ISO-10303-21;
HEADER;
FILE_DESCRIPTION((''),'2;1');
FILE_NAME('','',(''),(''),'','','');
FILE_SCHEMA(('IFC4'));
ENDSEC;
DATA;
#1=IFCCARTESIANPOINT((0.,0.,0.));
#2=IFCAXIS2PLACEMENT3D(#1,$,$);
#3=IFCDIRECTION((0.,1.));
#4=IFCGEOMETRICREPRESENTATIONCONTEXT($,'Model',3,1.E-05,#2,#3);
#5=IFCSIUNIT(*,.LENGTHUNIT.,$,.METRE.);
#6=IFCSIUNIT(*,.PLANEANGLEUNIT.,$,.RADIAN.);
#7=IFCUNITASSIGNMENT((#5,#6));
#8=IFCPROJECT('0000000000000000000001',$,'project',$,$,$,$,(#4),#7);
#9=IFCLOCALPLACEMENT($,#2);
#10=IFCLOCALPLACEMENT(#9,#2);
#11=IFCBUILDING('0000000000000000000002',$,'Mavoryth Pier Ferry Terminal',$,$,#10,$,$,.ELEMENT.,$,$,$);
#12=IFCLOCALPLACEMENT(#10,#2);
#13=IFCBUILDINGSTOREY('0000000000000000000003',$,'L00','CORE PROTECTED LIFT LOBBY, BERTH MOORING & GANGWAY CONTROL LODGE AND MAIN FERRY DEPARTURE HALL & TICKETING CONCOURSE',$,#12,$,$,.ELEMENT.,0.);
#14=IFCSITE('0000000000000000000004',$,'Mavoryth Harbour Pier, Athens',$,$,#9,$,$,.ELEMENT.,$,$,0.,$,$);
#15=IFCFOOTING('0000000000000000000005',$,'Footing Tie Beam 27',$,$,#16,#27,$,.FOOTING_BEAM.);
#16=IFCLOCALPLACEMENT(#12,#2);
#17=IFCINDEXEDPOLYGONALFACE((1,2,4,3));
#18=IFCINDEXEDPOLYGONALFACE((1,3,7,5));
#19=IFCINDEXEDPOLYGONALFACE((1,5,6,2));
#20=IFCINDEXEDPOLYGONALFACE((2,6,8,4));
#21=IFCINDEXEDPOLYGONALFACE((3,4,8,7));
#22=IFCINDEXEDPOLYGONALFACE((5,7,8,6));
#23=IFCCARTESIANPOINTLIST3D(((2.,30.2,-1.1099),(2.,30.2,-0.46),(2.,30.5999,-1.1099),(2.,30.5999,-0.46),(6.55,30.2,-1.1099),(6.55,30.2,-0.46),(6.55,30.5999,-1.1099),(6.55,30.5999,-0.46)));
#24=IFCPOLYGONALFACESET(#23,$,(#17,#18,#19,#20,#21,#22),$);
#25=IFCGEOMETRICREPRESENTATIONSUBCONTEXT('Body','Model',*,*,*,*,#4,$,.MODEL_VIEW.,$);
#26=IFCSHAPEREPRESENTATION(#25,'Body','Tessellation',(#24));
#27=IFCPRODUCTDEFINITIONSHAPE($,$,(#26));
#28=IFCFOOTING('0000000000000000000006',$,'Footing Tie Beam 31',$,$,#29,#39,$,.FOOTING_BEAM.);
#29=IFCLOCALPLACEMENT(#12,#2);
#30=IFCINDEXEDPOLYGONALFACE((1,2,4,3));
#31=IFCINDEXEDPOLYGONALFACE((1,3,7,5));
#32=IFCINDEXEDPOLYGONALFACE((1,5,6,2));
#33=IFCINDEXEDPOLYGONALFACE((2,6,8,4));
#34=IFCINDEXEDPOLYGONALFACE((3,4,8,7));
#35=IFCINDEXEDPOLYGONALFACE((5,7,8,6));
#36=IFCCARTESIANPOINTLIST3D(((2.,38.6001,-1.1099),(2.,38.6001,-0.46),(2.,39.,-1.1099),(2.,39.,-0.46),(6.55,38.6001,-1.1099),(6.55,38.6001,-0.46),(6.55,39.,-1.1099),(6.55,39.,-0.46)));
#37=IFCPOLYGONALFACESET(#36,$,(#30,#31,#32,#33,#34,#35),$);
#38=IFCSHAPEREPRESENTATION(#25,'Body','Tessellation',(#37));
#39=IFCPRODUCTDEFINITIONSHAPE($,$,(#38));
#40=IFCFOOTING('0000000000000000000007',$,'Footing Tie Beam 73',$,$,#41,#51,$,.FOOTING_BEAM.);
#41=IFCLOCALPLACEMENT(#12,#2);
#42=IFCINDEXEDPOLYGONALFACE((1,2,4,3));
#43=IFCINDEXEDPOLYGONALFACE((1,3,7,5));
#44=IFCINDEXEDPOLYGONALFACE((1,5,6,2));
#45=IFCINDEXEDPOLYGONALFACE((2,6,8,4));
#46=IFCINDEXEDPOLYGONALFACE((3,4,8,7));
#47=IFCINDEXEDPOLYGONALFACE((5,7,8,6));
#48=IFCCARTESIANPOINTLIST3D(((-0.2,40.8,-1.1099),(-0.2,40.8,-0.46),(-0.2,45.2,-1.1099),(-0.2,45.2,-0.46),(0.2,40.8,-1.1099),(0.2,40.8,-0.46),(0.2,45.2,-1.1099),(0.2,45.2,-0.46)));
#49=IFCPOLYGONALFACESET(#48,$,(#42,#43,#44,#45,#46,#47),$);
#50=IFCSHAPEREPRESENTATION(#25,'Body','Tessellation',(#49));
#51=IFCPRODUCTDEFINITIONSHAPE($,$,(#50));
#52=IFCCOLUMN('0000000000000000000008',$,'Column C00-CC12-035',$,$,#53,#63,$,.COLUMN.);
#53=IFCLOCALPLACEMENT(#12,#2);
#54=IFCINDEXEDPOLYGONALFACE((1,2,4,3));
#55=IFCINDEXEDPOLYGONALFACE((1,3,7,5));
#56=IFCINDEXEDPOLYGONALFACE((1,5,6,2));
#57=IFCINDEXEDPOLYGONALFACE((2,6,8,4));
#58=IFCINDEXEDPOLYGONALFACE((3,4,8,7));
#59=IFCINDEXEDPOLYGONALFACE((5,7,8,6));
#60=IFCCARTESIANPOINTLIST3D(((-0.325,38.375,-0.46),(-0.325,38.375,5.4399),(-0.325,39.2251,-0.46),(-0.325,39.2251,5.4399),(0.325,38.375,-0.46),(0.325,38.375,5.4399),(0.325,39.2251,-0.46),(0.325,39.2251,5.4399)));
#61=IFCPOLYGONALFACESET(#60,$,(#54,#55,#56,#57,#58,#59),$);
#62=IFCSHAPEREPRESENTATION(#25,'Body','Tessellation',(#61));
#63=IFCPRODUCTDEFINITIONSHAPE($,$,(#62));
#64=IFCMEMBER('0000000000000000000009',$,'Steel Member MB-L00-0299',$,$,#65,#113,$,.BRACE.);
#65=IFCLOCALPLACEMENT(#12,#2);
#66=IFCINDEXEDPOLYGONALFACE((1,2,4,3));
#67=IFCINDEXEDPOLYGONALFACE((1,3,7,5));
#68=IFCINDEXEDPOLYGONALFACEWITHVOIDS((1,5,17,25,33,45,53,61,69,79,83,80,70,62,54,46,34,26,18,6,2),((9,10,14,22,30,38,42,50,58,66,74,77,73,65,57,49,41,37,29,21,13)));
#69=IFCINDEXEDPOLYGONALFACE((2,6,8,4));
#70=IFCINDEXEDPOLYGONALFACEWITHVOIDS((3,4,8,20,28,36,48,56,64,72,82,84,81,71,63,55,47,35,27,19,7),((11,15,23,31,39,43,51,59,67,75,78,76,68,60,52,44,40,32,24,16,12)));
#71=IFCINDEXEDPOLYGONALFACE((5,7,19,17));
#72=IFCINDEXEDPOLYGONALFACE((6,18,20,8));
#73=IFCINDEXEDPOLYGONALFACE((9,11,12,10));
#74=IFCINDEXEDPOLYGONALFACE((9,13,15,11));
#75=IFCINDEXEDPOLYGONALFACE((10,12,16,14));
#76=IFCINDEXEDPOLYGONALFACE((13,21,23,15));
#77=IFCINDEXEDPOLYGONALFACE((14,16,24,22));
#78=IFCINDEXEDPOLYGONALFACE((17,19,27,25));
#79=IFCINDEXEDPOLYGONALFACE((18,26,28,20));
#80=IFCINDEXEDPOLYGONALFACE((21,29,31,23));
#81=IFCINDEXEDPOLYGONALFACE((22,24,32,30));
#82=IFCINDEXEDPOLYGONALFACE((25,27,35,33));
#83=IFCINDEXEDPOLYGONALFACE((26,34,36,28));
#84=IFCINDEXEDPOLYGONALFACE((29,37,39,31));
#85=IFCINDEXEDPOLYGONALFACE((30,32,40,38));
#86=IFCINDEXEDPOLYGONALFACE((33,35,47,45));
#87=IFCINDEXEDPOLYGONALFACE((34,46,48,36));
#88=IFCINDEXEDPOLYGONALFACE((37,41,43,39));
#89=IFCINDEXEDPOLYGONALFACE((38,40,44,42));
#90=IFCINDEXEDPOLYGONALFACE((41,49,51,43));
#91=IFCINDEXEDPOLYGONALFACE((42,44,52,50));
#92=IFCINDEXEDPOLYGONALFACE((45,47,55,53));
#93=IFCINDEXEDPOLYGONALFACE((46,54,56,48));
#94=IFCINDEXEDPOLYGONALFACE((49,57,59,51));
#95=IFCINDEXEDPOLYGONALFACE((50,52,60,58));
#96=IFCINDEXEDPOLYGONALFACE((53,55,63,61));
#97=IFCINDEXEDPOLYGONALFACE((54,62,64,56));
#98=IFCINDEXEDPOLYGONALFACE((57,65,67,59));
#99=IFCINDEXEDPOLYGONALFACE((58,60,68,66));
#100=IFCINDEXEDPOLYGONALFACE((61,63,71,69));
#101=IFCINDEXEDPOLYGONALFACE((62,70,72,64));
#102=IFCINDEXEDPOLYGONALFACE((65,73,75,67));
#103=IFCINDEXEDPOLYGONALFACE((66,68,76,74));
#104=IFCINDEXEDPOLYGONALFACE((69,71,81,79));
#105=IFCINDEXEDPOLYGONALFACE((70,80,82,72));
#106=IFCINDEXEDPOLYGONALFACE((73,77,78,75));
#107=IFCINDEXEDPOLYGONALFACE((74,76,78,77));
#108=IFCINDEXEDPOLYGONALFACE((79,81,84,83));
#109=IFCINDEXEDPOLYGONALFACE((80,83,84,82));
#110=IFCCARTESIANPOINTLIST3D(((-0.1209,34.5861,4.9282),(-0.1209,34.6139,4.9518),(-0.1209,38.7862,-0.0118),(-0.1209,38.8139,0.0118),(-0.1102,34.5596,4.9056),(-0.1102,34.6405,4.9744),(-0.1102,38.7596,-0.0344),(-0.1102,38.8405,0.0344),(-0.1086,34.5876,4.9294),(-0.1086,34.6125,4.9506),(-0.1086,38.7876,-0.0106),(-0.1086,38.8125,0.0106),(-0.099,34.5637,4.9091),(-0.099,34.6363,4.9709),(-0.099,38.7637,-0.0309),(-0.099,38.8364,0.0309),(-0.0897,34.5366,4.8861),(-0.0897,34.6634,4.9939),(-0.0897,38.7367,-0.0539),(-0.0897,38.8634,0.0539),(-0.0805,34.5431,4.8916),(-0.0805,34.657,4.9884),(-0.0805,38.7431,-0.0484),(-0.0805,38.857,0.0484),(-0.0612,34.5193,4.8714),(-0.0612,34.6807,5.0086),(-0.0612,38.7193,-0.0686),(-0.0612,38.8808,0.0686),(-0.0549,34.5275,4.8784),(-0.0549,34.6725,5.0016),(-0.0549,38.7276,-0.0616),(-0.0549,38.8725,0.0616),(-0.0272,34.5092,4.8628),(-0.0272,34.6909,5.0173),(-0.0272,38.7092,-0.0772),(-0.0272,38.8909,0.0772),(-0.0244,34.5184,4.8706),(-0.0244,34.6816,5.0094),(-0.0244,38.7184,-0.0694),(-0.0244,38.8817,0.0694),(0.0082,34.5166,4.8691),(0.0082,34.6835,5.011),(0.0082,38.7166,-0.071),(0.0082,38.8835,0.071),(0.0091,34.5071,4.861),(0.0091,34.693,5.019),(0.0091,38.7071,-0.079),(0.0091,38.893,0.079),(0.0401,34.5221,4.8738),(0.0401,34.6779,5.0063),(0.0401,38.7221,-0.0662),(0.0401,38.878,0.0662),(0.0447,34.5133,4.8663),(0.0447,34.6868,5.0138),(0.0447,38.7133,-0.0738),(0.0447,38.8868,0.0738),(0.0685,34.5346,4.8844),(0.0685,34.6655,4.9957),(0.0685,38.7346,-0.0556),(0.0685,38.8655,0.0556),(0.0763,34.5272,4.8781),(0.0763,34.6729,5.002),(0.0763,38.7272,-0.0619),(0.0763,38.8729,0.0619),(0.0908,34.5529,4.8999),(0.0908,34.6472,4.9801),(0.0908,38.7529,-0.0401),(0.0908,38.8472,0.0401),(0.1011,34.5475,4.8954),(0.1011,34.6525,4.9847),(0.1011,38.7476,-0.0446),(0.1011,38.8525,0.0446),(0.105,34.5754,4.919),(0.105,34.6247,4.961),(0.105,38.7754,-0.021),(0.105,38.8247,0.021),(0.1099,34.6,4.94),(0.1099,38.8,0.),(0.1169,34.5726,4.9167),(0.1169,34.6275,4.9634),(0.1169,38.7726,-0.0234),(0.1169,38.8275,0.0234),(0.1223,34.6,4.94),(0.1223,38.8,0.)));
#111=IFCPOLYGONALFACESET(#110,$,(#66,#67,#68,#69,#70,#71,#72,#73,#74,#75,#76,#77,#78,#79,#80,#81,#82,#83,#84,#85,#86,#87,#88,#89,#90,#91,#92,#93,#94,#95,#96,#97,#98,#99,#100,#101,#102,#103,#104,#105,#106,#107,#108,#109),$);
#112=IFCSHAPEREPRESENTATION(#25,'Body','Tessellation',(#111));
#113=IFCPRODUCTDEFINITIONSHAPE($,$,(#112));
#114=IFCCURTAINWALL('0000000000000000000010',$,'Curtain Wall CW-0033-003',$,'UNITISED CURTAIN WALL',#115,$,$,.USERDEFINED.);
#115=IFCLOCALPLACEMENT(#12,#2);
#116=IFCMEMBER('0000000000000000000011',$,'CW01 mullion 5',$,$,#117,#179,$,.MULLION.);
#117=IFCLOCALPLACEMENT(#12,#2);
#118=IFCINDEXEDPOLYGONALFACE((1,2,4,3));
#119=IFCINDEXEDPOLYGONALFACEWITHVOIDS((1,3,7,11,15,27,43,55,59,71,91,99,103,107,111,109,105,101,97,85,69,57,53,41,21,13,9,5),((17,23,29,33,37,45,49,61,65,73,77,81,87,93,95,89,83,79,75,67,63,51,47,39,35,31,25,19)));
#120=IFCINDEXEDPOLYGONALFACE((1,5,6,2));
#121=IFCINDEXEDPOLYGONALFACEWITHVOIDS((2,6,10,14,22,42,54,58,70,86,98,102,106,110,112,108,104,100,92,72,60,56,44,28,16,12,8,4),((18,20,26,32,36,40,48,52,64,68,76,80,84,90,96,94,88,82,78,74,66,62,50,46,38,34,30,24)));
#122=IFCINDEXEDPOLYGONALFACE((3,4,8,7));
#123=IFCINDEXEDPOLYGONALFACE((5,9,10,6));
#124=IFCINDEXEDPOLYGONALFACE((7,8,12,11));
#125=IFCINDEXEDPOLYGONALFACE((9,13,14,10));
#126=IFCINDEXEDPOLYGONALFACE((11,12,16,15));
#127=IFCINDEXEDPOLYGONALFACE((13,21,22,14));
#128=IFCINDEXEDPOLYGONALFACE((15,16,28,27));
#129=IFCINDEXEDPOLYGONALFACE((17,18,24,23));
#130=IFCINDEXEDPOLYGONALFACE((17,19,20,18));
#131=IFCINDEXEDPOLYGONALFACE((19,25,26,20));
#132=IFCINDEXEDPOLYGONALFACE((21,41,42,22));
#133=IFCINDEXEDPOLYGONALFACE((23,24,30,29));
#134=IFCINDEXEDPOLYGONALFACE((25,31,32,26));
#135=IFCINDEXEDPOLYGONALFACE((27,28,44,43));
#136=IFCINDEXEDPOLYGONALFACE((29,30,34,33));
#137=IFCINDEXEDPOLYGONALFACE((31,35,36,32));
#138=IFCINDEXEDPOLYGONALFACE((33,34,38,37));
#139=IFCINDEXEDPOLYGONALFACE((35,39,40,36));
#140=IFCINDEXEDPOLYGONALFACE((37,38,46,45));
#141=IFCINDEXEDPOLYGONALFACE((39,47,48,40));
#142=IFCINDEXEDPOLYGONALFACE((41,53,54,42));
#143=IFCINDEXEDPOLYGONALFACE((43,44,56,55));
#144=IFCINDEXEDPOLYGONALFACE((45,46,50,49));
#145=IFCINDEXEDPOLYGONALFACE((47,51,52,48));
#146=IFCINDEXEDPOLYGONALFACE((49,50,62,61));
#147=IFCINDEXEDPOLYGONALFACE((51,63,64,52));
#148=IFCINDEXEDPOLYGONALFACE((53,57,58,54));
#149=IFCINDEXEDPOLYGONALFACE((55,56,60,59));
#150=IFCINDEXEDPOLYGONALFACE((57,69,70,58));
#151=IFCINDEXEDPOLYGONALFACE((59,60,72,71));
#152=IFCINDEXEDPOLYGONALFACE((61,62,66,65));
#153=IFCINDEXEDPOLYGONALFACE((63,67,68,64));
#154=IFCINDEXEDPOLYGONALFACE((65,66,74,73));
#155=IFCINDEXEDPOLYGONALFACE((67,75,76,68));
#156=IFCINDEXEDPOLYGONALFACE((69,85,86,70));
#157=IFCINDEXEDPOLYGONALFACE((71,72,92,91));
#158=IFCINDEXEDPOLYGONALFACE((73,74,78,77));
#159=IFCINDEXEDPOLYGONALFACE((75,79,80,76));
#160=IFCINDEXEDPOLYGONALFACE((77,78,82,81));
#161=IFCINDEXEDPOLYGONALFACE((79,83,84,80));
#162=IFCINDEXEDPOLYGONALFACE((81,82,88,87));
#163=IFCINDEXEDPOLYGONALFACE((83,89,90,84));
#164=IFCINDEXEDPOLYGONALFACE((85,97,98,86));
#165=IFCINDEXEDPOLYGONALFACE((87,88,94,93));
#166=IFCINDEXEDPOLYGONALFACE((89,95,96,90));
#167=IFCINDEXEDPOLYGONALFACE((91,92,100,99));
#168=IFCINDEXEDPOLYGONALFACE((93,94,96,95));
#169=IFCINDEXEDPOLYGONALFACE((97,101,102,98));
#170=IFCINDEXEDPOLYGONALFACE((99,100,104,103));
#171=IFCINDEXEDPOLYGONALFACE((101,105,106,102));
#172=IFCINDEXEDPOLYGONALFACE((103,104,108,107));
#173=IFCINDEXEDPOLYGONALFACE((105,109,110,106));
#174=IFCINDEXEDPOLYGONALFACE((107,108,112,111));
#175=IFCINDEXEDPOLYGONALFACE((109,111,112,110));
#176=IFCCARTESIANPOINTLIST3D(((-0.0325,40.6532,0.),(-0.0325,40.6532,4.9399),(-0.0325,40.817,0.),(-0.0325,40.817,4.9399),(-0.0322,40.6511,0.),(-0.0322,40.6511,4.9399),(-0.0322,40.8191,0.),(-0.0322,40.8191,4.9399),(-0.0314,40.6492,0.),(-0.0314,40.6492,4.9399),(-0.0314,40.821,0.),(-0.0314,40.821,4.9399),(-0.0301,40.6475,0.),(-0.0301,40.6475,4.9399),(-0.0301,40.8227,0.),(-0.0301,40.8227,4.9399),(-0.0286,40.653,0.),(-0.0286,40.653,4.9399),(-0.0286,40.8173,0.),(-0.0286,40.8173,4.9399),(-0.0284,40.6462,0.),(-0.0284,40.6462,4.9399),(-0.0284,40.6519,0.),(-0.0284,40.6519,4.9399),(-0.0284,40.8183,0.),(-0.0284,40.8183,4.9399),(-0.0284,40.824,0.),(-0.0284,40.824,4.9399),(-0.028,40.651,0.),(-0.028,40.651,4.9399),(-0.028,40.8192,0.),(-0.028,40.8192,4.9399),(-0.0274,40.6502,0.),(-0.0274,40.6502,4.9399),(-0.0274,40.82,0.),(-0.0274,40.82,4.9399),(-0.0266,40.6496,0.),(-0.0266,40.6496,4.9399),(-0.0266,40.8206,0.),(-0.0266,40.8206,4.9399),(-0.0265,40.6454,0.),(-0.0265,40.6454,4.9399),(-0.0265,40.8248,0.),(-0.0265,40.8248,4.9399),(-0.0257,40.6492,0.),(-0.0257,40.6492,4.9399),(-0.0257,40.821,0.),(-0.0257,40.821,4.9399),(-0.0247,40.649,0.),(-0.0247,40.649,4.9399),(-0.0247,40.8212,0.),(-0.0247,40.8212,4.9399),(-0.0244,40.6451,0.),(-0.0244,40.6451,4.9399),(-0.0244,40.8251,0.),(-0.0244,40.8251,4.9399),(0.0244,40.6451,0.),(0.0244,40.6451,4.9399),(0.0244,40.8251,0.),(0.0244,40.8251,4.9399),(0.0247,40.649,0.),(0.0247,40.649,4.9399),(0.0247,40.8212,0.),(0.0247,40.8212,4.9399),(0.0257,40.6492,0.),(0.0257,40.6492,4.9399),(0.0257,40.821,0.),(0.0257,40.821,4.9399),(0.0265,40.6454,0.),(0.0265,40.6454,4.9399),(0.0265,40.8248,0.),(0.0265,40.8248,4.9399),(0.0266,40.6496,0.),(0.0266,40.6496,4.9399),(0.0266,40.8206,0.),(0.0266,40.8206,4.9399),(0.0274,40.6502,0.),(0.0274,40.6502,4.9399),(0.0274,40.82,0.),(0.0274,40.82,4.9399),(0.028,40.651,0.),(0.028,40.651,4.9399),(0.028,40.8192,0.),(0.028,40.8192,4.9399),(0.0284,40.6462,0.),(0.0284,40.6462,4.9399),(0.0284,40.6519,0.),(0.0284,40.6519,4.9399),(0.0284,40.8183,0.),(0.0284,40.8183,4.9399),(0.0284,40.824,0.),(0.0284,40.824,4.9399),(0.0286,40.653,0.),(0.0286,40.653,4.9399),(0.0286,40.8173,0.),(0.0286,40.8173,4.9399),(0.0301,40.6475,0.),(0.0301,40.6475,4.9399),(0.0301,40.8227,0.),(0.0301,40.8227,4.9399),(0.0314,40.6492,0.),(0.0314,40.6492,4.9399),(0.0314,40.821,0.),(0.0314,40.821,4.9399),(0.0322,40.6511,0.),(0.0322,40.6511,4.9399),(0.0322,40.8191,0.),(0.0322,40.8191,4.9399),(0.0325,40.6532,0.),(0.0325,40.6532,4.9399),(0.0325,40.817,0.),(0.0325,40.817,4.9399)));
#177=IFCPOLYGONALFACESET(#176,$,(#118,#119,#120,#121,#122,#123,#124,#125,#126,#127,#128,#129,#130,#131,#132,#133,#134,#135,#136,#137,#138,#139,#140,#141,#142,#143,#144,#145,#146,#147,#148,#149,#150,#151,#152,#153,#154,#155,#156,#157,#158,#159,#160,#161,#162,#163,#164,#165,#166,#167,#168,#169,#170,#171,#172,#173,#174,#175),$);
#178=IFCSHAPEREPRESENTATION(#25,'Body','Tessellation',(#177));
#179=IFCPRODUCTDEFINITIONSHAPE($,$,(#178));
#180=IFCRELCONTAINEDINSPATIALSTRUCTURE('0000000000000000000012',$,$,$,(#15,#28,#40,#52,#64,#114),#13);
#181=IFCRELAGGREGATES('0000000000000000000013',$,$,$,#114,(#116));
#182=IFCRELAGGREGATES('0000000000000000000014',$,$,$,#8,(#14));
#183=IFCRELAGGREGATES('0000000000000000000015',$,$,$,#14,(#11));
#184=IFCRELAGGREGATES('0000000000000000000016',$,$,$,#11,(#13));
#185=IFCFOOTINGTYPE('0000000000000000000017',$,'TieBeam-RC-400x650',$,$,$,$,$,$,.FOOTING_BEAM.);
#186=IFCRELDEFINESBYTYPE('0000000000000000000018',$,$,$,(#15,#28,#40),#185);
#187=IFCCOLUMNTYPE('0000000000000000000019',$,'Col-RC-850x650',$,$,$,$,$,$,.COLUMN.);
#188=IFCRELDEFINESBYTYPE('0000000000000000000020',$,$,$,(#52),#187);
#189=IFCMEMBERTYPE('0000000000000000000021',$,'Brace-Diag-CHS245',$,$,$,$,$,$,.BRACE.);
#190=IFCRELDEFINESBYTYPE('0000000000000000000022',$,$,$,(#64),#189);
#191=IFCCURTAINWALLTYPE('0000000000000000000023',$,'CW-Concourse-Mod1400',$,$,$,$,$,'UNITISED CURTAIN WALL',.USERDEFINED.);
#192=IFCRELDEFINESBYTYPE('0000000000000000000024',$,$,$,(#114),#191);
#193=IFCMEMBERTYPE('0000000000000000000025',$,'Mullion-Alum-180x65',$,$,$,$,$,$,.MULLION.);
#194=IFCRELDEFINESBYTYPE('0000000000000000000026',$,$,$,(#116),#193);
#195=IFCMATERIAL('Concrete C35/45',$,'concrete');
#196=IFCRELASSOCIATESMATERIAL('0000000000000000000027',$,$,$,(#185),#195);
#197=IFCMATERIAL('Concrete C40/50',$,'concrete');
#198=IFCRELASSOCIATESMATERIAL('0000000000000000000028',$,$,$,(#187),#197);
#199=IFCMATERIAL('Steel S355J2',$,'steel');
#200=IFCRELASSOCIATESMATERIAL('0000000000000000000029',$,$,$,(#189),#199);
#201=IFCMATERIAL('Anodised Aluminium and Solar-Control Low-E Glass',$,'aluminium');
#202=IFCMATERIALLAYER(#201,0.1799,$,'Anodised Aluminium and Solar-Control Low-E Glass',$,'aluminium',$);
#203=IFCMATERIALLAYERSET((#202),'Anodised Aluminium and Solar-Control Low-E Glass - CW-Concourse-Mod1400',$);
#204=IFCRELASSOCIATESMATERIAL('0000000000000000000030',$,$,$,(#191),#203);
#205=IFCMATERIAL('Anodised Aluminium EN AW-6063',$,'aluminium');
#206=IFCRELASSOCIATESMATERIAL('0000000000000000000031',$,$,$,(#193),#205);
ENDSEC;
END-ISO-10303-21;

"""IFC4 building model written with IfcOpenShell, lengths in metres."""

from ifc_helpers import new_model, si_unit, direction, frame, origin, origin_2d, place, context, subcontext, project, spatial, rectangle, hollow_rectangle, hollow_circle, extrude, material, layer, layer_set, material_profile, profile_set, type_object, element, aggregate, save


model = new_model("IFC4")

# Units and contexts
model_context = context("Model", 3, precision=1e-05, world=origin(), true_north=direction((0.0, 1.0)))
body_context = subcontext(model_context, "Body", "Model", "MODEL_VIEW")
ifc_project = project(units=[si_unit("LENGTHUNIT", "METRE"), si_unit("PLANEANGLEUNIT", "RADIAN")], contexts=[model_context])

# Site, building, storey
site_placement = place(None, origin())
site = spatial("IfcSite", under=ifc_project, at=site_placement, Name="Mavoryth Harbour Pier, Athens", CompositionType="ELEMENT", RefElevation=0.0)
building_placement = place(site_placement, origin())
building = spatial("IfcBuilding", under=site, at=building_placement, Name="Mavoryth Pier Ferry Terminal", CompositionType="ELEMENT")
storey_placement = place(building_placement, origin())
storey = spatial("IfcBuildingStorey", under=building, at=storey_placement, Name="L00", Description="CORE PROTECTED LIFT LOBBY, BERTH MOORING & GANGWAY CONTROL LODGE AND MAIN FERRY DEPARTURE HALL & TICKETING CONCOURSE", CompositionType="ELEMENT", Elevation=0.0)

# Shared definitions
ifc_material_1 = material(Name="Concrete C35/45", Category="concrete")

# Footings
ifc_material_profile_1 = material_profile(ifc_material_1, rectangle(XDim=0.3999, YDim=0.6499, at=origin_2d()), Name="RC 400x650", Category="concrete")
ifc_profile_set_1 = profile_set([ifc_material_profile_1], Name="Concrete C35/45 - RC 400x650")
footing_type_1 = type_object("IfcFootingType", Name="TieBeam-RC-400x650", PredefinedType="FOOTING_BEAM", material=ifc_profile_set_1)
for number, where, z_axis, x_axis, name in (
    (1, (2.0, 30.3999, -0.7849), (1.0, 0.0, 0.0), (0.0, 1.0, 0.0), "Footing Tie Beam 27"),
    (2, (2.0, 38.8, -0.7849), (1.0, 0.0, 0.0), (0.0, 1.0, 0.0), "Footing Tie Beam 31"),
):
    element("IfcFooting", number, at=place(storey_placement, frame(where, z_axis=z_axis, x_axis=x_axis)), inside=storey, type_object=footing_type_1, Name=name, PredefinedType="FOOTING_BEAM", context=body_context, shape_type="SweptSolid", body=[
        extrude(rectangle(XDim=0.3999, YDim=0.6499, at=origin_2d()), origin(), (0.0, 0.0, 1.0), 4.55),
    ])
footing_1_placement = place(storey_placement, frame((0.0, 40.8, -0.7849), z_axis=(0.0, 1.0, 0.0), x_axis=(-1.0, 0.0, 0.0)))
element("IfcFooting", 3, at=footing_1_placement, inside=storey, type_object=footing_type_1, Name="Footing Tie Beam 73", PredefinedType="FOOTING_BEAM", context=body_context, shape_type="SweptSolid", body=[
    extrude(rectangle(XDim=0.3999, YDim=0.6499, at=origin_2d()), origin(), (0.0, 0.0, 1.0), 4.3999),
])

# Column
ifc_material_2 = material(Name="Concrete C40/50", Category="concrete")
ifc_material_profile_2 = material_profile(ifc_material_2, rectangle(XDim=0.6499, YDim=0.8501, at=origin_2d()), Name="RC 850x650", Category="concrete")
ifc_profile_set_2 = profile_set([ifc_material_profile_2], Name="Concrete C40/50 - RC 850x650")
column_type = type_object("IfcColumnType", Name="Col-RC-850x650", PredefinedType="COLUMN", material=ifc_profile_set_2)
column_placement = place(storey_placement, frame((0.0, 38.8, -0.46), z_axis=(0.0, 0.0, 1.0), x_axis=(1.0, 0.0, 0.0)))
element("IfcColumn", 4, at=column_placement, inside=storey, type_object=column_type, Name="Column C00-CC12-035", PredefinedType="COLUMN", context=body_context, shape_type="SweptSolid", body=[
    extrude(rectangle(XDim=0.6499, YDim=0.8501, at=origin_2d()), origin(), (0.0, 0.0, 1.0), 5.8999),
])

# Member
ifc_material_3 = material(Name="Steel S355J2", Category="steel")
ifc_material_profile_3 = material_profile(ifc_material_3, hollow_circle(Radius=0.1223, WallThickness=0.0125, at=origin_2d()), Name="CHS 244.5x12.5", Category="steel")
ifc_profile_set_3 = profile_set([ifc_material_profile_3], Name="Steel S355J2 - CHS 244.5x12.5")
member_type_1 = type_object("IfcMemberType", Name="Brace-Diag-CHS245", PredefinedType="BRACE", material=ifc_profile_set_3)
member_1_placement = place(storey_placement, frame((0.0, 38.8, 0.0), z_axis=(0.0, -0.647738, 0.761863), x_axis=(1.0, 0.0, 0.0)))
element("IfcMember", 5, at=member_1_placement, inside=storey, type_object=member_type_1, Name="Steel Member MB-L00-0299", PredefinedType="BRACE", context=body_context, shape_type="SweptSolid", body=[
    extrude(hollow_circle(Radius=0.1223, WallThickness=0.0125, at=origin_2d()), origin(), (0.0, 0.0, 1.0), 6.4841),
])

# Curtain wall, member
ifc_material_4 = material(Name="Anodised Aluminium and Solar-Control Low-E Glass", Category="aluminium")
ifc_layer_1 = layer(ifc_material_4, 0.1799, Name="Anodised Aluminium and Solar-Control Low-E Glass", Category="aluminium")
ifc_layer_set_1 = layer_set([ifc_layer_1], Name="Anodised Aluminium and Solar-Control Low-E Glass - CW-Concourse-Mod1400")
curtain_wall_type = type_object("IfcCurtainWallType", Name="CW-Concourse-Mod1400", ElementType="UNITISED CURTAIN WALL", PredefinedType="USERDEFINED", material=ifc_layer_set_1)
curtain_wall_placement = place(storey_placement, origin())
curtain_wall = element("IfcCurtainWall", 6, at=curtain_wall_placement, inside=storey, type_object=curtain_wall_type, Name="Curtain Wall CW-0033-003", ObjectType="UNITISED CURTAIN WALL", PredefinedType="USERDEFINED")
ifc_material_5 = material(Name="Anodised Aluminium EN AW-6063", Category="aluminium")
ifc_material_profile_4 = material_profile(ifc_material_5, hollow_rectangle(XDim=0.0649, YDim=0.1799, WallThickness=0.0039, InnerFilletRadius=0.0039, OuterFilletRadius=0.0081, at=origin_2d()), Name="AL-MULL 180x65x4", Category="aluminium")
ifc_profile_set_4 = profile_set([ifc_material_profile_4], Name="Anodised Aluminium EN AW-6063 - AL-MULL 180x65x4")
member_type_2 = type_object("IfcMemberType", Name="Mullion-Alum-180x65", PredefinedType="MULLION", material=ifc_profile_set_4)
member_2_placement = place(storey_placement, frame((0.0, 40.7351, 0.0), z_axis=(0.0, 0.0, 1.0), x_axis=(1.0, 0.0, 0.0)))
member_2 = element("IfcMember", 7, at=member_2_placement, type_object=member_type_2, Name="CW01 mullion 5", PredefinedType="MULLION", context=body_context, shape_type="SweptSolid", body=[
    extrude(hollow_rectangle(XDim=0.0649, YDim=0.1799, WallThickness=0.0039, InnerFilletRadius=0.0039, OuterFilletRadius=0.0081, at=origin_2d()), origin(), (0.0, 0.0, 1.0), 4.9399),
])
aggregate(curtain_wall, [member_2])

save(model, "model.ifc")
